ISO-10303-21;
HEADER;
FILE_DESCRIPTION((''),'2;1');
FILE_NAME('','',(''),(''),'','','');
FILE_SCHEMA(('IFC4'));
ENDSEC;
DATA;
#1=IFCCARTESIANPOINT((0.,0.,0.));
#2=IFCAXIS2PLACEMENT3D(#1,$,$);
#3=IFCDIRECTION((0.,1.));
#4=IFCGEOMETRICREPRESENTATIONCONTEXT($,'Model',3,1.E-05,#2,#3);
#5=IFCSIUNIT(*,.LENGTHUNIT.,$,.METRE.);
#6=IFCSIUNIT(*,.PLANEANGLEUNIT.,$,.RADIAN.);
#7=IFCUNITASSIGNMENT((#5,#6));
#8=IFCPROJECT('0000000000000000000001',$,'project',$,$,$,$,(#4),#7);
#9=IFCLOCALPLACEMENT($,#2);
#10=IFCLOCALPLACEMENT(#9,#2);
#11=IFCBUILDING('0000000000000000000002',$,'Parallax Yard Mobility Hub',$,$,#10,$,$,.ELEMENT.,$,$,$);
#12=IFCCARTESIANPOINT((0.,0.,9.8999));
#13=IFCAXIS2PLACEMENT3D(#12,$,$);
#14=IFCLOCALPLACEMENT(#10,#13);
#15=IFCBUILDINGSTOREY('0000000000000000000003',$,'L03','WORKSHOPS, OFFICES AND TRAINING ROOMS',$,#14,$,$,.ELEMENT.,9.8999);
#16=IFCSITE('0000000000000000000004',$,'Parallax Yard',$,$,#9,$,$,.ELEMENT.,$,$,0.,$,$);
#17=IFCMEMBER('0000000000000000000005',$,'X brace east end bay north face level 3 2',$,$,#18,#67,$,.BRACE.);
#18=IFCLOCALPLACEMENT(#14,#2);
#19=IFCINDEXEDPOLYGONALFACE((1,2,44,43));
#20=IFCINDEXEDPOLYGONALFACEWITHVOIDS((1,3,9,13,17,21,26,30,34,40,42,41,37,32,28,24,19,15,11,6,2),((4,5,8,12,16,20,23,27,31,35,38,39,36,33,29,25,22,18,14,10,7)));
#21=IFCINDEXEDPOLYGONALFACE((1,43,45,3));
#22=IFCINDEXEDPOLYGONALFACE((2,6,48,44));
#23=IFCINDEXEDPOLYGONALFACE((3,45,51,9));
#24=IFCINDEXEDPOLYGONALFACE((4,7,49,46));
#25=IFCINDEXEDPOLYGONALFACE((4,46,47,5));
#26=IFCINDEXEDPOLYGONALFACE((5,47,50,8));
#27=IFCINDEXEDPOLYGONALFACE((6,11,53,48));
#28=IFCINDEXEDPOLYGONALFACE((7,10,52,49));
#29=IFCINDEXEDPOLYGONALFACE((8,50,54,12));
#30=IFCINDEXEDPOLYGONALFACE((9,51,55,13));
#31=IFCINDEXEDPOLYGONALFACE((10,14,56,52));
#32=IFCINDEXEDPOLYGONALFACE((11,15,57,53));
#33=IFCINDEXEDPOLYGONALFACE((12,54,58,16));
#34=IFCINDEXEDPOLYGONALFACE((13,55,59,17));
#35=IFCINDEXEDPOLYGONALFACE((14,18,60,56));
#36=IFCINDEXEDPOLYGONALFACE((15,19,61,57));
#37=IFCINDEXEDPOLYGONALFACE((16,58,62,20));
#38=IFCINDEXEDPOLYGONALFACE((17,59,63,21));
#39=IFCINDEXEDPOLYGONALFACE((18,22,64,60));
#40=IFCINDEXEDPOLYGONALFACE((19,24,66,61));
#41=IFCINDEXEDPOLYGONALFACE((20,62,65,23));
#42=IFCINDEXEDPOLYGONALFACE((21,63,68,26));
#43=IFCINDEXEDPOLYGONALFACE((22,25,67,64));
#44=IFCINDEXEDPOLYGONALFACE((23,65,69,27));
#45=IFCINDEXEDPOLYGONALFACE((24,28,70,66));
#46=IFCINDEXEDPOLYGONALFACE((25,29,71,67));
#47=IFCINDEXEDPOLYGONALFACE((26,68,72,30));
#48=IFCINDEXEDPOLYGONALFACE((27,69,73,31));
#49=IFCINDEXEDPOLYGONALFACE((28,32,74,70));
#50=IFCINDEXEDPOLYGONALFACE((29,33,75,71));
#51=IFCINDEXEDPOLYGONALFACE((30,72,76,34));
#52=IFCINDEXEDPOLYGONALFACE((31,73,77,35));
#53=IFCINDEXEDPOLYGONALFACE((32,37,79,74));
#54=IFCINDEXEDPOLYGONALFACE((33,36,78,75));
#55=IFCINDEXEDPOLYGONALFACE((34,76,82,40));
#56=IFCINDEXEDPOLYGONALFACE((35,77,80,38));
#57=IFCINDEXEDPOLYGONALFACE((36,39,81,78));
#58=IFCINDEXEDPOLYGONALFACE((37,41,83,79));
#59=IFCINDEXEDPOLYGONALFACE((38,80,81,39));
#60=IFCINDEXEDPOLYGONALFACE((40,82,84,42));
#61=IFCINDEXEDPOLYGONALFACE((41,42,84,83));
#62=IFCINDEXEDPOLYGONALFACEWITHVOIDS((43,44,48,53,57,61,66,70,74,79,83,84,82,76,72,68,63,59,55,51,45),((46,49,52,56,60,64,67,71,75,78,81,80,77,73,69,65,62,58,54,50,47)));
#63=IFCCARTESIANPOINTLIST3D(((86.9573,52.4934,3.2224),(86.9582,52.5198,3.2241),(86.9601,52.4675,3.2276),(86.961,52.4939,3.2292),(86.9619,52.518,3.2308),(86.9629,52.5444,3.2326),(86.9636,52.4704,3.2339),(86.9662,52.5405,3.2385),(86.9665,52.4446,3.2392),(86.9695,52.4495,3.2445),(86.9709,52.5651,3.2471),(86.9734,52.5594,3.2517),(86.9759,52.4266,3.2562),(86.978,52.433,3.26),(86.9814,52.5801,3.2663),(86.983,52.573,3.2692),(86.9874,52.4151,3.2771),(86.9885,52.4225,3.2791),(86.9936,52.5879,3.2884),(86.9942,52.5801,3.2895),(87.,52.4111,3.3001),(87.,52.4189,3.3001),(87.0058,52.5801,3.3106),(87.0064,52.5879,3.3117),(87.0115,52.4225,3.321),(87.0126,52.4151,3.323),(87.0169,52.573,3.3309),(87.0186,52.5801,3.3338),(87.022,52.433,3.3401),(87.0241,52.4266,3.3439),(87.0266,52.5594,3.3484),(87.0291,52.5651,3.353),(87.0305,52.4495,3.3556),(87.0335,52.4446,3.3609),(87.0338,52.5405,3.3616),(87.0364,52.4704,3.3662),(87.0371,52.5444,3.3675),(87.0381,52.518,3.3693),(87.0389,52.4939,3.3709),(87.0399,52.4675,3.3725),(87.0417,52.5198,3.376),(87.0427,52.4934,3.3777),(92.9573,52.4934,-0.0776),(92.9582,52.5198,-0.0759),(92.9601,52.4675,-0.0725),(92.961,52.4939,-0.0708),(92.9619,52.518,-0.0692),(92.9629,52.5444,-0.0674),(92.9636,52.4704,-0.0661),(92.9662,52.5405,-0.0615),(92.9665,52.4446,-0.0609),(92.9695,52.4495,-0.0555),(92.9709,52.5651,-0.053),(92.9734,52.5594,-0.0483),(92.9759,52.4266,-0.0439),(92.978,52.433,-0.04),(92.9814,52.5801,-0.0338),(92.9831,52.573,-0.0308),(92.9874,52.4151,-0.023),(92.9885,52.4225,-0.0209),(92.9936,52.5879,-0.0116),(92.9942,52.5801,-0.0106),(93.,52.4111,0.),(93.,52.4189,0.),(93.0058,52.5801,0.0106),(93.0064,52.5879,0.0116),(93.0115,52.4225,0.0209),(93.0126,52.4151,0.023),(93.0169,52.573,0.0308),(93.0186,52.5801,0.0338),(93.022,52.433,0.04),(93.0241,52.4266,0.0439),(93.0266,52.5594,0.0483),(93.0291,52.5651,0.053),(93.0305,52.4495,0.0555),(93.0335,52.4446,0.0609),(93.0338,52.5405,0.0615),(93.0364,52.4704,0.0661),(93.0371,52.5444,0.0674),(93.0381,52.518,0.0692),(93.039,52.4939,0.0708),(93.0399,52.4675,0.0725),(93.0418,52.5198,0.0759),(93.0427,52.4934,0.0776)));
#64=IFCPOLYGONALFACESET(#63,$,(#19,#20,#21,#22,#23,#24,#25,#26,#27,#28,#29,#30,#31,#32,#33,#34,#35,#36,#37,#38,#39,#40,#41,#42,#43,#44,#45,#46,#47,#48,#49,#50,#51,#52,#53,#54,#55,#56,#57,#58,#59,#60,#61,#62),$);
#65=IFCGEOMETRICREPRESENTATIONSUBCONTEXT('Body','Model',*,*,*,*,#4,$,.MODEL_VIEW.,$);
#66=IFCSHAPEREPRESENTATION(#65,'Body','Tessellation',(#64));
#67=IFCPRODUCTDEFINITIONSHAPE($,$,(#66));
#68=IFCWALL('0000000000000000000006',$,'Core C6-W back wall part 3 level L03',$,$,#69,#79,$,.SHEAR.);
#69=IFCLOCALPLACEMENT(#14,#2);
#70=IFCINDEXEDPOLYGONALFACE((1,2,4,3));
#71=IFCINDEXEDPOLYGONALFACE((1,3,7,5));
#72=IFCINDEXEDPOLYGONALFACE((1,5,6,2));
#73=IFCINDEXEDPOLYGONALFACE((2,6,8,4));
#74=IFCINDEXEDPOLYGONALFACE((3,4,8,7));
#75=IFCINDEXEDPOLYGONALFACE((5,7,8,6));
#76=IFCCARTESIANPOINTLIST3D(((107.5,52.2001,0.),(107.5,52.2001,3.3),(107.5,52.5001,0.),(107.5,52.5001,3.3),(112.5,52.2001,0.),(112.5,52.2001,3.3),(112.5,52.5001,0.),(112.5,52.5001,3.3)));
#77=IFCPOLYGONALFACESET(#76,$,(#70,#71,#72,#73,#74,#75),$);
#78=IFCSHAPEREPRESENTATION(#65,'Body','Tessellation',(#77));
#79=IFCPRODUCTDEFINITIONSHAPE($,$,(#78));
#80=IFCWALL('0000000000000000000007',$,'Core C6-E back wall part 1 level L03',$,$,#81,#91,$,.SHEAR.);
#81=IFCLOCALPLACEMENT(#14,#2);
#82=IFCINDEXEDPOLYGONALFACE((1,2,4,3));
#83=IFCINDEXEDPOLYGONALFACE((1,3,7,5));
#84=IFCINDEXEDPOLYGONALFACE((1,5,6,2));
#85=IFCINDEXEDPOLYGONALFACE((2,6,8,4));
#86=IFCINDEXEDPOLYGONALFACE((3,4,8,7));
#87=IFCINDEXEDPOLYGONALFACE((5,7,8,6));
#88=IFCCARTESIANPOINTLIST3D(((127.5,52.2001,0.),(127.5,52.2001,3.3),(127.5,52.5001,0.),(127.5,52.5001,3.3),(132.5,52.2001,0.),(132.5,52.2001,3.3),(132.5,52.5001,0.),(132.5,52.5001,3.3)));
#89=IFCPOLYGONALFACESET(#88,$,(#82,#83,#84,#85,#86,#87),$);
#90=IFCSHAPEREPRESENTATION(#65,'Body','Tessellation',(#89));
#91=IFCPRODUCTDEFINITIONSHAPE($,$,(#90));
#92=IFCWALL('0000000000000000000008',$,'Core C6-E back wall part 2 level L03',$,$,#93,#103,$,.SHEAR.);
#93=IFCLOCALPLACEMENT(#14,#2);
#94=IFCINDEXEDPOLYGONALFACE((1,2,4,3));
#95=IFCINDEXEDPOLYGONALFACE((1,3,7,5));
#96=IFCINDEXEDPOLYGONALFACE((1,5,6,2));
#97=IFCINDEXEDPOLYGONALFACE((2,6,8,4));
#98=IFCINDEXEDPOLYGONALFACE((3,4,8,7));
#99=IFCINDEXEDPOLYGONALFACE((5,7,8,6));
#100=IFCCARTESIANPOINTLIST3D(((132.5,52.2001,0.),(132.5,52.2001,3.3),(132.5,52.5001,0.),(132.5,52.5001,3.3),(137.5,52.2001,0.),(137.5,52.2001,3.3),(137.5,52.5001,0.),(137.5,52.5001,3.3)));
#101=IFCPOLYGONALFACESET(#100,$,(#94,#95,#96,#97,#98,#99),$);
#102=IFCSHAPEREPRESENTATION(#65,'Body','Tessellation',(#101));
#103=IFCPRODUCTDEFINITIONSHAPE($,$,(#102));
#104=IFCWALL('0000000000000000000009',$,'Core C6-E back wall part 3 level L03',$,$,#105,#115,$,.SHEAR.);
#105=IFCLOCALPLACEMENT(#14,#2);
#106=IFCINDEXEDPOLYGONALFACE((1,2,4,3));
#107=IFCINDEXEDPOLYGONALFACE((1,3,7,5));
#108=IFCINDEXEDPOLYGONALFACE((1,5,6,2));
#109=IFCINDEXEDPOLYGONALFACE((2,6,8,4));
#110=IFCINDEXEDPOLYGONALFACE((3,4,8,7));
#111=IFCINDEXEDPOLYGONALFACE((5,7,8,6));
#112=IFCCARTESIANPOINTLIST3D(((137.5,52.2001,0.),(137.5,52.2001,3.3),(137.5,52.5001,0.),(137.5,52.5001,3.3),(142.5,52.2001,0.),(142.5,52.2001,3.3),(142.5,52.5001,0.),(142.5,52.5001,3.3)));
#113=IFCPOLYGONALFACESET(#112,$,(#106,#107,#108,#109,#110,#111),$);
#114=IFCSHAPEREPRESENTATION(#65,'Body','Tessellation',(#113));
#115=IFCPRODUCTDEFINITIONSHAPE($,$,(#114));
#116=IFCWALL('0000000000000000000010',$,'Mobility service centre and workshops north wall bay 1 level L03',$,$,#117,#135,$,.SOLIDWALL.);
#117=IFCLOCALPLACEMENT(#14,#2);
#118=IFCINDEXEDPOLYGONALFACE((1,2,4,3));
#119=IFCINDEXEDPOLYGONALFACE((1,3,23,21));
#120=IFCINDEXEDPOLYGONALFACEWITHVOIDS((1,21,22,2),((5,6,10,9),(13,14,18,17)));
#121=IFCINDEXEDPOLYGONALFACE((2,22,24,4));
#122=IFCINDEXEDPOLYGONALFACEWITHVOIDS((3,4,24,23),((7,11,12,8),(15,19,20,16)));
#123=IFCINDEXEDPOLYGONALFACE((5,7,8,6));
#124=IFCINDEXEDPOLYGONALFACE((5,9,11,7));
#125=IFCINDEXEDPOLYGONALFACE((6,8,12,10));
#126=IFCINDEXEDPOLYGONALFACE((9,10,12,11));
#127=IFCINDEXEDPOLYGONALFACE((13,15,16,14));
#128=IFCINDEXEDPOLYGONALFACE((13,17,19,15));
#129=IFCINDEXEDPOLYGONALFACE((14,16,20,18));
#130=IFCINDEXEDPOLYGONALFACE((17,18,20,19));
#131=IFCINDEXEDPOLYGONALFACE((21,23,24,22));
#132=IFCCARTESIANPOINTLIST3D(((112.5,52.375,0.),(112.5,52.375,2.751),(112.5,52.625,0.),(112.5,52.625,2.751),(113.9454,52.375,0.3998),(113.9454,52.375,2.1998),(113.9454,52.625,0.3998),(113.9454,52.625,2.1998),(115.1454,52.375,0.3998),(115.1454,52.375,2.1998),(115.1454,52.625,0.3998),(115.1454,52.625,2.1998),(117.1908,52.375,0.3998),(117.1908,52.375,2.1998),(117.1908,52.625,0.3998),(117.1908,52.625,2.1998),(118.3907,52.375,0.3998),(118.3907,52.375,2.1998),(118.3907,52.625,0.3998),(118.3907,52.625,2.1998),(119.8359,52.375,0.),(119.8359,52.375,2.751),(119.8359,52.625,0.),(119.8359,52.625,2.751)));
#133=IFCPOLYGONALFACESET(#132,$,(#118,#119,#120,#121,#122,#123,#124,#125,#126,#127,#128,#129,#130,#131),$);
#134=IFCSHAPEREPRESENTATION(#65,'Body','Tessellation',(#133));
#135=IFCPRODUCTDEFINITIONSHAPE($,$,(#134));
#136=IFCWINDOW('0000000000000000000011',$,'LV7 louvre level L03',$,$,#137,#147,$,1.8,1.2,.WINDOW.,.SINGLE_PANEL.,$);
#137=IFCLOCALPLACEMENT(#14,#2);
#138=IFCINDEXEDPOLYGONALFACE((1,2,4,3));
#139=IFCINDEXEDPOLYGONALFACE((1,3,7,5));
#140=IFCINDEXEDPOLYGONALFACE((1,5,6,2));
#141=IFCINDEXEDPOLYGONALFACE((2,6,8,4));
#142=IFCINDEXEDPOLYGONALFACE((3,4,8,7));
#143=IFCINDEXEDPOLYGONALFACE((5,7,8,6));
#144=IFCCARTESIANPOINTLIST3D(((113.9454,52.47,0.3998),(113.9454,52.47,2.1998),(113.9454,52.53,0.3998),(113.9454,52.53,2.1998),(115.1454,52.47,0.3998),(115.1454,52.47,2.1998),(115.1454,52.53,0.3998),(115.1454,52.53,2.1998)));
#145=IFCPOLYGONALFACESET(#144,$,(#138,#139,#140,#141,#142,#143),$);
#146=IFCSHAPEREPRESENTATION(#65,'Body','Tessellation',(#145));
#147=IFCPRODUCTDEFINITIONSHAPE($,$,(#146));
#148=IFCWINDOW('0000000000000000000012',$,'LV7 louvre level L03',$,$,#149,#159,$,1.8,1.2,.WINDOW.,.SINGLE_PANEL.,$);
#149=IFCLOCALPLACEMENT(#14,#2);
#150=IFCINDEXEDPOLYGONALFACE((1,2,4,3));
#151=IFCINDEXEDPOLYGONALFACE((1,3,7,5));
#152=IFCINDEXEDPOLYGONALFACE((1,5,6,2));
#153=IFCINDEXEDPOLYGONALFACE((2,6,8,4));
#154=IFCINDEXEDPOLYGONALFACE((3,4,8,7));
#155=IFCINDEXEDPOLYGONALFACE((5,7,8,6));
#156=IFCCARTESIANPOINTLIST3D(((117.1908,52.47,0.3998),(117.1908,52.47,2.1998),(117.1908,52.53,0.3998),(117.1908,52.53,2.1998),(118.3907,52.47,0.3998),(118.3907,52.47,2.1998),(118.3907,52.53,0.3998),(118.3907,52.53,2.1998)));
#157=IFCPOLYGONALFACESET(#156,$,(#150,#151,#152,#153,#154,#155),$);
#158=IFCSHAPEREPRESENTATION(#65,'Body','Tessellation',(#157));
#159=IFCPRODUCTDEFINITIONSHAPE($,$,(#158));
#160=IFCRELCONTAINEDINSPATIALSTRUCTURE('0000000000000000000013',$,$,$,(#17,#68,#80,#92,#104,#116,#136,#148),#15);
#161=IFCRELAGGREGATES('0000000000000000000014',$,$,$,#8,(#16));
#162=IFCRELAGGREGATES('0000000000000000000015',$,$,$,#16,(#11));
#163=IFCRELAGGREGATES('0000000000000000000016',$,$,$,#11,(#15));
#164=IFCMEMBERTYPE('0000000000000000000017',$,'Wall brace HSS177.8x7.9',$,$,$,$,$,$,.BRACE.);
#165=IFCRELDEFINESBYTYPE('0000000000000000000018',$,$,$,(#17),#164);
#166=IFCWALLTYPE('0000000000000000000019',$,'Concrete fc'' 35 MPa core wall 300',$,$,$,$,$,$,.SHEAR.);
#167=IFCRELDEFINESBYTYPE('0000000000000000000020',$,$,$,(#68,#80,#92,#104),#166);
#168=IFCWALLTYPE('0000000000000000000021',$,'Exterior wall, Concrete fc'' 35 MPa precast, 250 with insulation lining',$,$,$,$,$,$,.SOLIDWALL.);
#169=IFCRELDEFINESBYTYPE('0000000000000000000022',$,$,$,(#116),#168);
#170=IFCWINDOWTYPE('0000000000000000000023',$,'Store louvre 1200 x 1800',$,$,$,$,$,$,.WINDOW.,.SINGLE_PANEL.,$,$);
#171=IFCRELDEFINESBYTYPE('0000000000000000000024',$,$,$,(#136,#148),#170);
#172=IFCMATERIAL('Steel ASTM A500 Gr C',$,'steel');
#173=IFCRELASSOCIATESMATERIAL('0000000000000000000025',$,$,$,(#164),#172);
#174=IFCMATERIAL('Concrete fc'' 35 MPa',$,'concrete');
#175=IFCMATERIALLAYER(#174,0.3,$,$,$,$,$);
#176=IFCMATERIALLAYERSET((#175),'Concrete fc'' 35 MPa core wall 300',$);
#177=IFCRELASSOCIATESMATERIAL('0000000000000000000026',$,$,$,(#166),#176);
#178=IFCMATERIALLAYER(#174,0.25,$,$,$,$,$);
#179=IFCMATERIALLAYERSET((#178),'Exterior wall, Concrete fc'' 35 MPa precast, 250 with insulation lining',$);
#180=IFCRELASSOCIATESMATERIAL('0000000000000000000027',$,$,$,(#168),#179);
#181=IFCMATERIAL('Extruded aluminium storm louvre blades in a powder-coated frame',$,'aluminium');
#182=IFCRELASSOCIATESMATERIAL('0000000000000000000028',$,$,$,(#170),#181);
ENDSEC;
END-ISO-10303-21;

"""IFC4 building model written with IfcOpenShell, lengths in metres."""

from ifc_helpers import new_model, si_unit, direction, frame, frame_2d, origin, origin_2d, place, context, subcontext, project, spatial, rectangle, hollow_circle, extrude, material, layer, layer_set, material_profile, profile_set, type_object, element, fill, save


model = new_model("IFC4")

# Units and contexts
model_context = context("Model", 3, precision=1e-05, world=origin(), true_north=direction((0.0, 1.0)))
body_context = subcontext(model_context, "Body", "Model", "MODEL_VIEW")
ifc_project = project(units=[si_unit("LENGTHUNIT", "METRE"), si_unit("PLANEANGLEUNIT", "RADIAN")], contexts=[model_context])

# Site, building, storey
site_placement = place(None, origin())
site = spatial("IfcSite", under=ifc_project, at=site_placement, Name="Parallax Yard", CompositionType="ELEMENT", RefElevation=0.0)
building_placement = place(site_placement, origin())
building = spatial("IfcBuilding", under=site, at=building_placement, Name="Parallax Yard Mobility Hub", CompositionType="ELEMENT")
storey_placement = place(building_placement, frame((0.0, 0.0, 9.8999)))
storey = spatial("IfcBuildingStorey", under=building, at=storey_placement, Name="L03", Description="WORKSHOPS, OFFICES AND TRAINING ROOMS", CompositionType="ELEMENT", Elevation=9.8999)

# Member
ifc_material_1 = material(Name="Steel ASTM A500 Gr C", Category="steel")
ifc_material_profile_1 = material_profile(ifc_material_1, hollow_circle(Radius=0.0889, WallThickness=0.0078, at=origin_2d()), Name="HSS177.8x7.9")
ifc_profile_set_1 = profile_set([ifc_material_profile_1], Name="Steel ASTM A500 Gr C")
member_type = type_object("IfcMemberType", Name="Wall brace HSS177.8x7.9", PredefinedType="BRACE", material=ifc_profile_set_1)
member_placement = place(storey_placement, frame((93.0, 52.5, 0.0), z_axis=(-0.876213, 0.0, 0.481924), x_axis=(0.0, -1.0, 0.0)))
element("IfcMember", 1, at=member_placement, inside=storey, type_object=member_type, Name="X brace east end bay north face level 3 2", PredefinedType="BRACE", context=body_context, shape_type="SweptSolid", body=[
    extrude(hollow_circle(Radius=0.0889, WallThickness=0.0078, at=origin_2d()), origin(), (0.0, 0.0, 1.0), 6.8477),
])

# Walls
ifc_material_2 = material(Name="Concrete fc' 35 MPa", Category="concrete")
ifc_layer_1 = layer(ifc_material_2, 0.3)
ifc_layer_set_1 = layer_set([ifc_layer_1], Name="Concrete fc' 35 MPa core wall 300")
wall_type_1 = type_object("IfcWallType", Name="Concrete fc' 35 MPa core wall 300", PredefinedType="SHEAR", material=ifc_layer_set_1)
for number, where, z_axis, x_axis, name in (
    (2, (107.5, 52.3501, 0.0), (0.0, 0.0, 1.0), (1.0, 0.0, 0.0), "Core C6-W back wall part 3 level L03"),
    (3, (127.5, 52.3501, 0.0), (0.0, 0.0, 1.0), (1.0, 0.0, 0.0), "Core C6-E back wall part 1 level L03"),
    (4, (132.5, 52.3501, 0.0), (0.0, 0.0, 1.0), (1.0, 0.0, 0.0), "Core C6-E back wall part 2 level L03"),
    (5, (137.5, 52.3501, 0.0), (0.0, 0.0, 1.0), (1.0, 0.0, 0.0), "Core C6-E back wall part 3 level L03"),
):
    element("IfcWall", number, at=place(storey_placement, frame(where, z_axis=z_axis, x_axis=x_axis)), inside=storey, type_object=wall_type_1, Name=name, PredefinedType="SHEAR", context=body_context, shape_type="SweptSolid", body=[
        extrude(rectangle(XDim=5.0, YDim=0.3, at=frame_2d((2.5, 0.0))), origin(), (0.0, 0.0, 1.0), 3.3),
    ])

# Wall, openings, windows
ifc_layer_2 = layer(ifc_material_2, 0.25)
ifc_layer_set_2 = layer_set([ifc_layer_2], Name="Exterior wall, Concrete fc' 35 MPa precast, 250 with insulation lining")
wall_type_2 = type_object("IfcWallType", Name="Exterior wall, Concrete fc' 35 MPa precast, 250 with insulation lining", PredefinedType="SOLIDWALL", material=ifc_layer_set_2)
wall_1_placement = place(storey_placement, frame((112.5, 52.5, 0.0), z_axis=(0.0, 0.0, 1.0), x_axis=(1.0, 0.0, 0.0)))
wall_1 = element("IfcWall", 6, at=wall_1_placement, inside=storey, type_object=wall_type_2, Name="Mobility service centre and workshops north wall bay 1 level L03", PredefinedType="SOLIDWALL", context=body_context, shape_type="SweptSolid", body=[
    extrude(rectangle(XDim=7.3359, YDim=0.25, at=frame_2d((3.668, 0.0))), origin(), (0.0, 0.0, 1.0), 2.751),
])
opening_1_placement = place(wall_1_placement, frame((1.4453, 0.0, 0.3999)))
opening_1 = element("IfcOpeningElement", 7, at=opening_1_placement, cuts=wall_1, PredefinedType="OPENING", context=body_context, shape_type="SweptSolid", body=[
    extrude(rectangle(XDim=1.2, YDim=1.8, at=frame_2d((0.6001, 0.8999))), frame((0.0, 0.135, 0.0), z_axis=(0.0, -1.0, 0.0), x_axis=(1.0, 0.0, 0.0)), (0.0, 0.0, 1.0), 0.27),
])
opening_2_placement = place(wall_1_placement, frame((4.6907, 0.0, 0.3999)))
opening_2 = element("IfcOpeningElement", 8, at=opening_2_placement, cuts=wall_1, PredefinedType="OPENING", context=body_context, shape_type="SweptSolid", body=[
    extrude(rectangle(XDim=1.2, YDim=1.8, at=frame_2d((0.6001, 0.8999))), frame((0.0, 0.135, 0.0), z_axis=(0.0, -1.0, 0.0), x_axis=(1.0, 0.0, 0.0)), (0.0, 0.0, 1.0), 0.27),
])
ifc_material_3 = material(Name="Extruded aluminium storm louvre blades in a powder-coated frame", Category="aluminium")
window_type = type_object("IfcWindowType", Name="Store louvre 1200 x 1800", PartitioningType="SINGLE_PANEL", PredefinedType="WINDOW", material=ifc_material_3)
window_1_placement = place(opening_1_placement, origin())
window_1 = element("IfcWindow", 9, at=window_1_placement, inside=storey, type_object=window_type, Name="LV7 louvre level L03", OverallHeight=1.8, OverallWidth=1.2, PartitioningType="SINGLE_PANEL", PredefinedType="WINDOW", context=body_context, shape_type="SweptSolid", body=[
    extrude(rectangle(XDim=1.2, YDim=1.8, at=frame_2d((0.6001, 0.8999))), frame((0.0, 0.03, 0.0), z_axis=(0.0, -1.0, 0.0), x_axis=(1.0, 0.0, 0.0)), (0.0, 0.0, 1.0), 0.0601),
])
fill(opening_1, window_1)
window_2_placement = place(opening_2_placement, origin())
window_2 = element("IfcWindow", 10, at=window_2_placement, inside=storey, type_object=window_type, Name="LV7 louvre level L03", OverallHeight=1.8, OverallWidth=1.2, PartitioningType="SINGLE_PANEL", PredefinedType="WINDOW", context=body_context, shape_type="SweptSolid", body=[
    extrude(rectangle(XDim=1.2, YDim=1.8, at=frame_2d((0.6001, 0.8999))), frame((0.0, 0.03, 0.0), z_axis=(0.0, -1.0, 0.0), x_axis=(1.0, 0.0, 0.0)), (0.0, 0.0, 1.0), 0.0601),
])
fill(opening_2, window_2)

save(model, "model.ifc")
